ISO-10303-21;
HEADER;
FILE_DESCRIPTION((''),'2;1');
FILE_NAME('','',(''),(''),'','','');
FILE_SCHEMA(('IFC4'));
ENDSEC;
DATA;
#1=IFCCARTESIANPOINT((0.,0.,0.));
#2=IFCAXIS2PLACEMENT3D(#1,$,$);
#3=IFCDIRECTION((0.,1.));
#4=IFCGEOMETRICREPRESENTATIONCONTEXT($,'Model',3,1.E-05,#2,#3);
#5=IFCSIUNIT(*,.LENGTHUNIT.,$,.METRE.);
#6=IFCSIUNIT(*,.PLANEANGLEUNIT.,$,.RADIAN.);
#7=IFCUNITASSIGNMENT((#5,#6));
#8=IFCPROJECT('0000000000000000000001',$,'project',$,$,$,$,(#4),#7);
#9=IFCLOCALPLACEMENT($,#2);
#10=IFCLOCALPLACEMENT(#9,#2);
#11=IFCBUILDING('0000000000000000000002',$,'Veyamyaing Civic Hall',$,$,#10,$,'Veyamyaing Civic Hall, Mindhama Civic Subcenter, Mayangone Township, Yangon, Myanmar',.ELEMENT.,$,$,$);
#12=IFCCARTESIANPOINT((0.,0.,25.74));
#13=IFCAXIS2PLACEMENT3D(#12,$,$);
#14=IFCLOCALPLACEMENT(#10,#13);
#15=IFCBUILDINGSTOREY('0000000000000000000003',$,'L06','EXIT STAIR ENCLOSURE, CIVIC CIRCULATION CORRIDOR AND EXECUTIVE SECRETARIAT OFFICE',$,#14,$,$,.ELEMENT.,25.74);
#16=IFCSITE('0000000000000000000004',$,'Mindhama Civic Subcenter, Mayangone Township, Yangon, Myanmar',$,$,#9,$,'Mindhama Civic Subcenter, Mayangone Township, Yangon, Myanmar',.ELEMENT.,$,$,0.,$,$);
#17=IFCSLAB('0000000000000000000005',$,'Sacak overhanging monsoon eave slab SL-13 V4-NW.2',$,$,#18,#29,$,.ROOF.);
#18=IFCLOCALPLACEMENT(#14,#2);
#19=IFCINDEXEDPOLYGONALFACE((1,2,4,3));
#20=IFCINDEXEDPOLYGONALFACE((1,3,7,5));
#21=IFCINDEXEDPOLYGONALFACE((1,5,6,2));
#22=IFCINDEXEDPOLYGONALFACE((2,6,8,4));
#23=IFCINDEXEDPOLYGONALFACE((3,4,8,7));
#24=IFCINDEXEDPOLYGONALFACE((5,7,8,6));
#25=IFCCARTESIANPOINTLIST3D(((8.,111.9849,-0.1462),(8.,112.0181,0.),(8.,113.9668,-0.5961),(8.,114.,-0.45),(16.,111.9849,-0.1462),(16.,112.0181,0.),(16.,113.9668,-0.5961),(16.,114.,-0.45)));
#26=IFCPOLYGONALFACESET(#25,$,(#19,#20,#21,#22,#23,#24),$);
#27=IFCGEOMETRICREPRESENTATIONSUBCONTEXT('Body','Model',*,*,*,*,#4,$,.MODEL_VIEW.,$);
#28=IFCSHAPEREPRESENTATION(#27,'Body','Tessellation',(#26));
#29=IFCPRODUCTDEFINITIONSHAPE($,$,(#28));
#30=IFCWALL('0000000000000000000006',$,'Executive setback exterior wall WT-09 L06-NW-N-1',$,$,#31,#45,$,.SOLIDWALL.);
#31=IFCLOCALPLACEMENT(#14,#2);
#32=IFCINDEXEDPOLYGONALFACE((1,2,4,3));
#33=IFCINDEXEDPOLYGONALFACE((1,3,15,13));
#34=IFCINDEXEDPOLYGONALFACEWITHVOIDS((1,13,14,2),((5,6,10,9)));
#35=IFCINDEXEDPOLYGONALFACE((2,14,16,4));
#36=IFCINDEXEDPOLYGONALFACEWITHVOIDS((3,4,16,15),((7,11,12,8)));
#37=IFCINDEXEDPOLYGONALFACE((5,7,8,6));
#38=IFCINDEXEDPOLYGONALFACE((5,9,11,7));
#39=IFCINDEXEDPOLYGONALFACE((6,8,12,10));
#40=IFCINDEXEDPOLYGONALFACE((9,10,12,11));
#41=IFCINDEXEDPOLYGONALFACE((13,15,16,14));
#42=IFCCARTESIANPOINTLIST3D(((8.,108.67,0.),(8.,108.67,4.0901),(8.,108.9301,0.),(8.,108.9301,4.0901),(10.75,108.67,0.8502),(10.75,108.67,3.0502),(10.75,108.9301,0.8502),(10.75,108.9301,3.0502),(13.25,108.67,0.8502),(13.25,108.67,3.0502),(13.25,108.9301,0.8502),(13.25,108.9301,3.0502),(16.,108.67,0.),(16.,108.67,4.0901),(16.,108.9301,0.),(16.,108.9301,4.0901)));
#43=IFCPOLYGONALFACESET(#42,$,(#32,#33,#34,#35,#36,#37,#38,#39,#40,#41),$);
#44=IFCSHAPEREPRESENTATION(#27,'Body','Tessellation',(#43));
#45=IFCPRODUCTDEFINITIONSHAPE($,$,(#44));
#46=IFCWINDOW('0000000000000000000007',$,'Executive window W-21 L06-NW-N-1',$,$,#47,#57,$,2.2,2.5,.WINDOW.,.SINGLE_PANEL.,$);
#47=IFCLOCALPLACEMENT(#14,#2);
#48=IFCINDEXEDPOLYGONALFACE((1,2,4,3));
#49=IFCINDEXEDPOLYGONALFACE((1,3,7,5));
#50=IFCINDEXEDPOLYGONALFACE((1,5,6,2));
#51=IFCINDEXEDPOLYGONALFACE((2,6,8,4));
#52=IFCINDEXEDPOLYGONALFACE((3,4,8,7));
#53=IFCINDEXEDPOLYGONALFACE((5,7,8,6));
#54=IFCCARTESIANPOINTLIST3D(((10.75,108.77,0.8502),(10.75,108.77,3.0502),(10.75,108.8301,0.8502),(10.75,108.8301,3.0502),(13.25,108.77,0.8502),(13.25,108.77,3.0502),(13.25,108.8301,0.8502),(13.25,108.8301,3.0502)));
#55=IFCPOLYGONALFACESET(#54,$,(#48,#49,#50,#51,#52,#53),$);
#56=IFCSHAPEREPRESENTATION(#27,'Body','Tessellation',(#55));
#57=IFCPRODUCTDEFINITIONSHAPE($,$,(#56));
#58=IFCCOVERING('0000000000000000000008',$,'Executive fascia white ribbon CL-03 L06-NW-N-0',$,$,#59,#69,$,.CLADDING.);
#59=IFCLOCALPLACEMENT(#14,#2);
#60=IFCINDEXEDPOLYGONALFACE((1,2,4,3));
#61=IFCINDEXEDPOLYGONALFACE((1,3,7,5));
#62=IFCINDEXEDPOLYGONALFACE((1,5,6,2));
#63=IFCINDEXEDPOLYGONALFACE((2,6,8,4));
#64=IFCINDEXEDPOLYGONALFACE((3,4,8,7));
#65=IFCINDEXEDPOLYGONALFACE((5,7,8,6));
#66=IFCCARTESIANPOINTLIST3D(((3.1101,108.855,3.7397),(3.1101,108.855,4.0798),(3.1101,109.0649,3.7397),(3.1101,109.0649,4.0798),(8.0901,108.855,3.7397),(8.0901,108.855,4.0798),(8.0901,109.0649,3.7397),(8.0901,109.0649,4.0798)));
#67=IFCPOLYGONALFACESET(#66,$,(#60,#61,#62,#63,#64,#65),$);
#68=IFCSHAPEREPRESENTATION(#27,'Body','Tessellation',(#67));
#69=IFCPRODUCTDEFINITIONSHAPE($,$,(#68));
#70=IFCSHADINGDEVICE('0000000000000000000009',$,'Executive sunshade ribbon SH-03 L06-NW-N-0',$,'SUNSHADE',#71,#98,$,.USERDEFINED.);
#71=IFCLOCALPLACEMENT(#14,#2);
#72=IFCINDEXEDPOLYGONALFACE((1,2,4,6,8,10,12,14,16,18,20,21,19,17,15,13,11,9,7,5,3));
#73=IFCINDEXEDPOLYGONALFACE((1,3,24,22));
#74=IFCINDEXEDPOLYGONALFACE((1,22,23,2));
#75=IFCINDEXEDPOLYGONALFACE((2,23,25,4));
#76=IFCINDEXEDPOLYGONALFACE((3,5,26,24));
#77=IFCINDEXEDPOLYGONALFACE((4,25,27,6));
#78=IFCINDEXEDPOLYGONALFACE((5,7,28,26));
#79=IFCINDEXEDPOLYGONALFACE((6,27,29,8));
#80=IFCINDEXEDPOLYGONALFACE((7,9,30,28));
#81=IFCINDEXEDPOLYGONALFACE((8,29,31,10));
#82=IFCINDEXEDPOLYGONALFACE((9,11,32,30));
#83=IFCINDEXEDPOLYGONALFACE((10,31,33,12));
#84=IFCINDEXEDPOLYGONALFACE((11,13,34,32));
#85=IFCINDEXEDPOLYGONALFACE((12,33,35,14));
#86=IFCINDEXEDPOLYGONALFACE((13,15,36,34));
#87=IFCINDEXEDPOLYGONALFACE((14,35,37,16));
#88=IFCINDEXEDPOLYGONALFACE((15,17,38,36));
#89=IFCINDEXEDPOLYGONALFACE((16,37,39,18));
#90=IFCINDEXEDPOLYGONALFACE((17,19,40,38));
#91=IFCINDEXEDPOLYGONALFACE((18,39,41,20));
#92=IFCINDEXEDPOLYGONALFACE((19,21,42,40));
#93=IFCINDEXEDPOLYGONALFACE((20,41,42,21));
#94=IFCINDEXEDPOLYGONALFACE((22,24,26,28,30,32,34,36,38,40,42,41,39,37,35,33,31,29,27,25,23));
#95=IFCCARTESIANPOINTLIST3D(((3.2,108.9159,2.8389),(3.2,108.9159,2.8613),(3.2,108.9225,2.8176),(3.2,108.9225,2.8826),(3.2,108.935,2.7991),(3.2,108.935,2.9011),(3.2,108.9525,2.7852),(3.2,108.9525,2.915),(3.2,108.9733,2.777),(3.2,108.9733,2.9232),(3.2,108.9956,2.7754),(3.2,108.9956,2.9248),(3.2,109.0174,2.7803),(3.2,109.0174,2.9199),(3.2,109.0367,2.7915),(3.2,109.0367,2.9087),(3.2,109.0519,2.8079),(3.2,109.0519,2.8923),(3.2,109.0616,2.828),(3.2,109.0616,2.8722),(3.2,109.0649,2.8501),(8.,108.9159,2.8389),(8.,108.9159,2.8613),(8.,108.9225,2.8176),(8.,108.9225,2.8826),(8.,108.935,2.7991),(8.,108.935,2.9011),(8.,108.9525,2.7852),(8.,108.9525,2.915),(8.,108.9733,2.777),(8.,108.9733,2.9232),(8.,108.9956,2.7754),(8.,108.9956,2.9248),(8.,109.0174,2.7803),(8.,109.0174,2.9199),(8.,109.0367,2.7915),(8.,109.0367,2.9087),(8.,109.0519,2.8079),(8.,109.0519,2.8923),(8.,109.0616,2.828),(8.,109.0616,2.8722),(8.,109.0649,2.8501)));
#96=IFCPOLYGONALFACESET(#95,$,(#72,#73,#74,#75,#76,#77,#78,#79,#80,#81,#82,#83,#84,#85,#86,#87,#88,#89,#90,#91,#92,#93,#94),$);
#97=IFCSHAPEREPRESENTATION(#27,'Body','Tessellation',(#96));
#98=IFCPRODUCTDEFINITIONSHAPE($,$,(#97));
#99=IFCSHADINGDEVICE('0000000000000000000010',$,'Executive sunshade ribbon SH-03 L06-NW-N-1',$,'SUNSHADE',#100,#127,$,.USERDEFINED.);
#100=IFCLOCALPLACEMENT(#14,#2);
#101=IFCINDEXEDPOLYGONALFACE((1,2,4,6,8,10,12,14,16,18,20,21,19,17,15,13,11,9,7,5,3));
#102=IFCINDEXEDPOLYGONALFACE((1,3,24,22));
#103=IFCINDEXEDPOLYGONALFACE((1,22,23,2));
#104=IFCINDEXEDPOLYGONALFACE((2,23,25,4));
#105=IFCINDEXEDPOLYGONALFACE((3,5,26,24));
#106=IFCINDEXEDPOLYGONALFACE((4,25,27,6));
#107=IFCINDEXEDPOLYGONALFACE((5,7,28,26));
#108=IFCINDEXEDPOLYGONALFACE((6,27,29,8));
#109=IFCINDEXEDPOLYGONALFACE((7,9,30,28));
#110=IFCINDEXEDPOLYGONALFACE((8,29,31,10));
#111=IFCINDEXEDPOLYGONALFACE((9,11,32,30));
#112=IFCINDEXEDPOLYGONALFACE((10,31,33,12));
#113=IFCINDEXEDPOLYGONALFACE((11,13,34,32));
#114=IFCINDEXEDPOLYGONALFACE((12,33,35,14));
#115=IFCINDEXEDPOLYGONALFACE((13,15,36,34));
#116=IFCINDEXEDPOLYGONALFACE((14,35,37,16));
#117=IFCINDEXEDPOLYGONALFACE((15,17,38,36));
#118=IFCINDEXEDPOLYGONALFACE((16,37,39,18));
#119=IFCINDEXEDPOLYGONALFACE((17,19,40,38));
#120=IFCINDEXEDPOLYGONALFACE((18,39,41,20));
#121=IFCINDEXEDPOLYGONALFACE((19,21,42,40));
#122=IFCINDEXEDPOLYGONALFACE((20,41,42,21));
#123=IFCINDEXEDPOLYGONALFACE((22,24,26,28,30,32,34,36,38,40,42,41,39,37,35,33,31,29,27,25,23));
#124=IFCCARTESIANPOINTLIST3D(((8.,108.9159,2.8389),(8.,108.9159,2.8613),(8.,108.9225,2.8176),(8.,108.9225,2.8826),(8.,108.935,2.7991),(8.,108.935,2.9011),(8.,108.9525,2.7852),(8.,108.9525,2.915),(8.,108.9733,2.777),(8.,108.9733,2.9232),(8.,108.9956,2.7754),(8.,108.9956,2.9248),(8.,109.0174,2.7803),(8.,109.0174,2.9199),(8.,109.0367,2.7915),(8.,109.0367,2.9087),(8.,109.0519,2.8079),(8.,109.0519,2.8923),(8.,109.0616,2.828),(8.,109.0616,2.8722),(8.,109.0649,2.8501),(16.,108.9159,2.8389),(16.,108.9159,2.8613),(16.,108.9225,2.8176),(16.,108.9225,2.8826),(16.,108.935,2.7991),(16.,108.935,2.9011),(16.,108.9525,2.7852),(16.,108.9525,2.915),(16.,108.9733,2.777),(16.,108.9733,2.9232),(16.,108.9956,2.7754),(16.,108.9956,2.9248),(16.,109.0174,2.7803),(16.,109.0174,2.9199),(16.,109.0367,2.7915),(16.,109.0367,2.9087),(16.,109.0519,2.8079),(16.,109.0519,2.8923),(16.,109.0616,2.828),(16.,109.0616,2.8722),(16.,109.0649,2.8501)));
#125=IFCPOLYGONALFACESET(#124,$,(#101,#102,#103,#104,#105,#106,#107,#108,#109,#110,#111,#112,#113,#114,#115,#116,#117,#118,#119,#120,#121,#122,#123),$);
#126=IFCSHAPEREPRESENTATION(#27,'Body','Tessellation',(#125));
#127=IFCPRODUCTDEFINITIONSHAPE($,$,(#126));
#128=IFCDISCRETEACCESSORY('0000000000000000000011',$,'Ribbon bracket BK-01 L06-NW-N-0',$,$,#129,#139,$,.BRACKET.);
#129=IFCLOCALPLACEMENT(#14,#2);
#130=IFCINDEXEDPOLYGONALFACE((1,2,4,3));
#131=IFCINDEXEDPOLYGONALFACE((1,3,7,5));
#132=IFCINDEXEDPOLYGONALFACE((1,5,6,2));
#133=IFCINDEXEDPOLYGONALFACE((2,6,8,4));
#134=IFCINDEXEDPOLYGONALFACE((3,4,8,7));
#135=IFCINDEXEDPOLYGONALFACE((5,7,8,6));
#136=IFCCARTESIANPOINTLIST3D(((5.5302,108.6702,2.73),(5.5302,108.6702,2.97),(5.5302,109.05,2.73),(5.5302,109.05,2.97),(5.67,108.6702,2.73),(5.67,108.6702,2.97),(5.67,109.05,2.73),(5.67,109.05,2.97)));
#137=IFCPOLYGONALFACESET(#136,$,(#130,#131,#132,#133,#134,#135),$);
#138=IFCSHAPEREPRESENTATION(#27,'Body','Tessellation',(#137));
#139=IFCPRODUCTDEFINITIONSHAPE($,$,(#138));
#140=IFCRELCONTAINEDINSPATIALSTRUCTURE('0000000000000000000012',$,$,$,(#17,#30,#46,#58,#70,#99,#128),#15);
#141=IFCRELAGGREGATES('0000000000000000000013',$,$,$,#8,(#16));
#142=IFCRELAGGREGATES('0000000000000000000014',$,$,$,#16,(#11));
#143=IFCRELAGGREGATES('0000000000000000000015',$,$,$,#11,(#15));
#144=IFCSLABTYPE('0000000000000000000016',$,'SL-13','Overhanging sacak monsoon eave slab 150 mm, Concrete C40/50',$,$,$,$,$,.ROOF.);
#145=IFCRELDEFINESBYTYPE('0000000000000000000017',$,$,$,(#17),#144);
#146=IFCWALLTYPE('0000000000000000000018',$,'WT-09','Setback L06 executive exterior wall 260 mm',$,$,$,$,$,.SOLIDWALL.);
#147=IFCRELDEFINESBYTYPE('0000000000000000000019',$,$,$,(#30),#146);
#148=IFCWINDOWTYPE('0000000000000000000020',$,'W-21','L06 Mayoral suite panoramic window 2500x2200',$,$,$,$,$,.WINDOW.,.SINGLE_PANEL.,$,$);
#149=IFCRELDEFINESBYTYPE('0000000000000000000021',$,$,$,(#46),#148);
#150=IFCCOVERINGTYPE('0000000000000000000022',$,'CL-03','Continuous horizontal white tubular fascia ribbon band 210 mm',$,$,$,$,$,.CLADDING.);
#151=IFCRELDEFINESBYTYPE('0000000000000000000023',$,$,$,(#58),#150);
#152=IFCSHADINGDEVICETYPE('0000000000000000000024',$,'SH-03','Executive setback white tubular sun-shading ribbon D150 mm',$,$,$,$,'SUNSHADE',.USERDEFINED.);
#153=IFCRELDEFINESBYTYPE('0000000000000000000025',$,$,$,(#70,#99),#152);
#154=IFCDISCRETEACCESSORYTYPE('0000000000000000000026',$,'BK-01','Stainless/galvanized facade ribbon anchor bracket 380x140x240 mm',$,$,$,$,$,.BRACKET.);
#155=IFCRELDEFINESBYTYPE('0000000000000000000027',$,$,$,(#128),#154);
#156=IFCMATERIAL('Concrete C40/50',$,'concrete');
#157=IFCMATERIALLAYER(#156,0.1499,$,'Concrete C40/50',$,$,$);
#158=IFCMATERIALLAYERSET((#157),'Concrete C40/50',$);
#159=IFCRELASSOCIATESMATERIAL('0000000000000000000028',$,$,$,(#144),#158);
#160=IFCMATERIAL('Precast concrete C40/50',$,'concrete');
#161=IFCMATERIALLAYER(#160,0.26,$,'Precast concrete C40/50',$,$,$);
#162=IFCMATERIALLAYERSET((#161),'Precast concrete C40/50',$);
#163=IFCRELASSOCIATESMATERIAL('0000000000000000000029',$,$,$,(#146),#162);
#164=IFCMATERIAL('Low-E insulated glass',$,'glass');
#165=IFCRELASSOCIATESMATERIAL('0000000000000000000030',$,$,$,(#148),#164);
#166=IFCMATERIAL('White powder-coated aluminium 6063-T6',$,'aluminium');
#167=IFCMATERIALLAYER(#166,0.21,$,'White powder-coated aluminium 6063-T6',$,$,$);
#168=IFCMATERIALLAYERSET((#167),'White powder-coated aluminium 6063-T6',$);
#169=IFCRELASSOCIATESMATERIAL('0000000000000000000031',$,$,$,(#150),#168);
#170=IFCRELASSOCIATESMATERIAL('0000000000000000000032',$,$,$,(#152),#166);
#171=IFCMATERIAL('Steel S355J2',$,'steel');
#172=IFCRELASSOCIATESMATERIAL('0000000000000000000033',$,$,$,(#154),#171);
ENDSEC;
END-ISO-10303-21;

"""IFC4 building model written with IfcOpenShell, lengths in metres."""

from ifc_helpers import new_model, si_unit, direction, frame, frame_2d, origin, origin_2d, place, context, subcontext, project, spatial, polyline, rectangle, circle, outline, extrude, material, layer, layer_set, material_profile, profile_set, type_object, element, fill, save


model = new_model("IFC4")

# Units and contexts
model_context = context("Model", 3, precision=1e-05, world=origin(), true_north=direction((0.0, 1.0)))
body_context = subcontext(model_context, "Body", "Model", "MODEL_VIEW")
ifc_project = project(units=[si_unit("LENGTHUNIT", "METRE"), si_unit("PLANEANGLEUNIT", "RADIAN")], contexts=[model_context])

# Site, building, storey
site_placement = place(None, origin())
site = spatial("IfcSite", under=ifc_project, at=site_placement, Name="Mindhama Civic Subcenter, Mayangone Township, Yangon, Myanmar", LongName="Mindhama Civic Subcenter, Mayangone Township, Yangon, Myanmar", CompositionType="ELEMENT", RefElevation=0.0)
building_placement = place(site_placement, origin())
building = spatial("IfcBuilding", under=site, at=building_placement, Name="Veyamyaing Civic Hall", LongName="Veyamyaing Civic Hall, Mindhama Civic Subcenter, Mayangone Township, Yangon, Myanmar", CompositionType="ELEMENT")
storey_placement = place(building_placement, frame((0.0, 0.0, 25.74)))
storey = spatial("IfcBuildingStorey", under=building, at=storey_placement, Name="L06", Description="EXIT STAIR ENCLOSURE, CIVIC CIRCULATION CORRIDOR AND EXECUTIVE SECRETARIAT OFFICE", CompositionType="ELEMENT", Elevation=25.74)

# Shared definitions
ifc_material_1 = material(Name="Low-E insulated glass", Category="glass")

# Slab
ifc_material_2 = material(Name="Concrete C40/50", Category="concrete")
ifc_layer_1 = layer(ifc_material_2, 0.1499, Name="Concrete C40/50")
ifc_layer_set_1 = layer_set([ifc_layer_1], Name="Concrete C40/50")
slab_type = type_object("IfcSlabType", Name="SL-13", Description="Overhanging sacak monsoon eave slab 150 mm, Concrete C40/50", PredefinedType="ROOF", material=ifc_layer_set_1)
for number, where, z_axis, x_axis, name in (
    (1, (8.0, 112.0181, 0.0), (0.0, 0.221393, 0.975185), (1.0, 0.0, 0.0), "Sacak overhanging monsoon eave slab SL-13 V4-NW.2"),
):
    element("IfcSlab", number, at=place(storey_placement, frame(where, z_axis=z_axis, x_axis=x_axis)), inside=storey, type_object=slab_type, Name=name, PredefinedType="ROOF", context=body_context, shape_type="SweptSolid", body=[
        extrude(outline(polyline([(0.0, 0.0), (8.0, 0.0), (8.0, 2.0324), (0.0, 2.0324), (0.0, 0.0)])), origin(), (0.0, 0.0, -1.0), 0.1499),
    ])

# Wall, opening, window
ifc_material_3 = material(Name="Precast concrete C40/50", Category="concrete")
ifc_layer_2 = layer(ifc_material_3, 0.26, Name="Precast concrete C40/50")
ifc_layer_set_2 = layer_set([ifc_layer_2], Name="Precast concrete C40/50")
wall_type = type_object("IfcWallType", Name="WT-09", Description="Setback L06 executive exterior wall 260 mm", PredefinedType="SOLIDWALL", material=ifc_layer_set_2)
wall_placement = place(storey_placement, frame((8.0, 108.8, 0.0), z_axis=(0.0, 0.0, 1.0), x_axis=(1.0, 0.0, 0.0)))
wall = element("IfcWall", 2, at=wall_placement, inside=storey, type_object=wall_type, Name="Executive setback exterior wall WT-09 L06-NW-N-1", PredefinedType="SOLIDWALL", context=body_context, shape_type="SweptSolid", body=[
    extrude(rectangle(XDim=8.0, YDim=0.26, at=frame_2d((4.0, 0.0))), origin(), (0.0, 0.0, 1.0), 4.0901),
])
opening_placement = place(wall_placement, frame((2.75, 0.0, 0.8501)))
opening = element("IfcOpeningElement", 3, at=opening_placement, cuts=wall, PredefinedType="OPENING", context=body_context, shape_type="SweptSolid", body=[
    extrude(rectangle(XDim=2.5, YDim=2.2, at=frame_2d((1.25, 1.1001))), frame((0.0, 0.1399, 0.0), z_axis=(0.0, -1.0, 0.0), x_axis=(1.0, 0.0, 0.0)), (0.0, 0.0, 1.0), 0.28),
])
window_type = type_object("IfcWindowType", Name="W-21", Description="L06 Mayoral suite panoramic window 2500x2200", PartitioningType="SINGLE_PANEL", PredefinedType="WINDOW", material=ifc_material_1)
window_placement = place(opening_placement, origin())
window = element("IfcWindow", 4, at=window_placement, inside=storey, type_object=window_type, Name="Executive window W-21 L06-NW-N-1", OverallHeight=2.2, OverallWidth=2.5, PartitioningType="SINGLE_PANEL", PredefinedType="WINDOW", context=body_context, shape_type="SweptSolid", body=[
    extrude(rectangle(XDim=2.5, YDim=2.2, at=frame_2d((1.25, 1.1001))), frame((0.0, 0.03, 0.0), z_axis=(0.0, -1.0, 0.0), x_axis=(1.0, 0.0, 0.0)), (0.0, 0.0, 1.0), 0.0601),
])
fill(opening, window)

# Covering
ifc_material_4 = material(Name="White powder-coated aluminium 6063-T6", Category="aluminium")
ifc_layer_3 = layer(ifc_material_4, 0.21, Name="White powder-coated aluminium 6063-T6")
ifc_layer_set_3 = layer_set([ifc_layer_3], Name="White powder-coated aluminium 6063-T6")
covering_type = type_object("IfcCoveringType", Name="CL-03", Description="Continuous horizontal white tubular fascia ribbon band 210 mm", PredefinedType="CLADDING", material=ifc_layer_set_3)
covering_placement = place(storey_placement, frame((5.6001, 108.96, 3.7397), z_axis=(0.0, 0.0, 1.0), x_axis=(1.0, 0.0, 0.0)))
element("IfcCovering", 5, at=covering_placement, inside=storey, type_object=covering_type, Name="Executive fascia white ribbon CL-03 L06-NW-N-0", PredefinedType="CLADDING", context=body_context, shape_type="SweptSolid", body=[
    extrude(rectangle(XDim=4.98, YDim=0.21, at=origin_2d()), origin(), (0.0, 0.0, 1.0), 0.3401),
])

# Shared definitions
ifc_material_5 = material(Name="Steel S355J2", Category="steel")

# Shading devices
ifc_material_profile_1 = material_profile(ifc_material_4, circle(Radius=0.075, at=origin_2d()), Name="SHADE-TUBE-150")
ifc_profile_set_1 = profile_set([ifc_material_profile_1], Name="White powder-coated aluminium 6063-T6")
shading_device_type = type_object("IfcShadingDeviceType", Name="SH-03", Description="Executive setback white tubular sun-shading ribbon D150 mm", ElementType="SUNSHADE", PredefinedType="USERDEFINED", material=ifc_profile_set_1)
shading_device_1_placement = place(storey_placement, frame((3.2, 108.99, 2.8501), z_axis=(1.0, 0.0, 0.0), x_axis=(0.0, 1.0, 0.0)))
element("IfcShadingDevice", 6, at=shading_device_1_placement, inside=storey, type_object=shading_device_type, Name="Executive sunshade ribbon SH-03 L06-NW-N-0", ObjectType="SUNSHADE", PredefinedType="USERDEFINED", context=body_context, shape_type="SweptSolid", body=[
    extrude(circle(Radius=0.075, at=origin_2d()), origin(), (0.0, 0.0, 1.0), 4.8),
])
shading_device_2_placement = place(storey_placement, frame((8.0, 108.99, 2.8501), z_axis=(1.0, 0.0, 0.0), x_axis=(0.0, 1.0, 0.0)))
element("IfcShadingDevice", 7, at=shading_device_2_placement, inside=storey, type_object=shading_device_type, Name="Executive sunshade ribbon SH-03 L06-NW-N-1", ObjectType="SUNSHADE", PredefinedType="USERDEFINED", context=body_context, shape_type="SweptSolid", body=[
    extrude(circle(Radius=0.075, at=origin_2d()), origin(), (0.0, 0.0, 1.0), 8.0),
])

# Discrete accessory
discrete_accessory_type = type_object("IfcDiscreteAccessoryType", Name="BK-01", Description="Stainless/galvanized facade ribbon anchor bracket 380x140x240 mm", PredefinedType="BRACKET", material=ifc_material_5)
discrete_accessory_placement = place(storey_placement, frame((5.6001, 108.8601, 2.73), z_axis=(0.0, 0.0, 1.0), x_axis=(0.0, 1.0, 0.0)))
element("IfcDiscreteAccessory", 8, at=discrete_accessory_placement, inside=storey, type_object=discrete_accessory_type, Name="Ribbon bracket BK-01 L06-NW-N-0", PredefinedType="BRACKET", context=body_context, shape_type="SweptSolid", body=[
    extrude(rectangle(XDim=0.3799, YDim=0.1399, at=origin_2d()), origin(), (0.0, 0.0, 1.0), 0.24),
])

save(model, "model.ifc")
